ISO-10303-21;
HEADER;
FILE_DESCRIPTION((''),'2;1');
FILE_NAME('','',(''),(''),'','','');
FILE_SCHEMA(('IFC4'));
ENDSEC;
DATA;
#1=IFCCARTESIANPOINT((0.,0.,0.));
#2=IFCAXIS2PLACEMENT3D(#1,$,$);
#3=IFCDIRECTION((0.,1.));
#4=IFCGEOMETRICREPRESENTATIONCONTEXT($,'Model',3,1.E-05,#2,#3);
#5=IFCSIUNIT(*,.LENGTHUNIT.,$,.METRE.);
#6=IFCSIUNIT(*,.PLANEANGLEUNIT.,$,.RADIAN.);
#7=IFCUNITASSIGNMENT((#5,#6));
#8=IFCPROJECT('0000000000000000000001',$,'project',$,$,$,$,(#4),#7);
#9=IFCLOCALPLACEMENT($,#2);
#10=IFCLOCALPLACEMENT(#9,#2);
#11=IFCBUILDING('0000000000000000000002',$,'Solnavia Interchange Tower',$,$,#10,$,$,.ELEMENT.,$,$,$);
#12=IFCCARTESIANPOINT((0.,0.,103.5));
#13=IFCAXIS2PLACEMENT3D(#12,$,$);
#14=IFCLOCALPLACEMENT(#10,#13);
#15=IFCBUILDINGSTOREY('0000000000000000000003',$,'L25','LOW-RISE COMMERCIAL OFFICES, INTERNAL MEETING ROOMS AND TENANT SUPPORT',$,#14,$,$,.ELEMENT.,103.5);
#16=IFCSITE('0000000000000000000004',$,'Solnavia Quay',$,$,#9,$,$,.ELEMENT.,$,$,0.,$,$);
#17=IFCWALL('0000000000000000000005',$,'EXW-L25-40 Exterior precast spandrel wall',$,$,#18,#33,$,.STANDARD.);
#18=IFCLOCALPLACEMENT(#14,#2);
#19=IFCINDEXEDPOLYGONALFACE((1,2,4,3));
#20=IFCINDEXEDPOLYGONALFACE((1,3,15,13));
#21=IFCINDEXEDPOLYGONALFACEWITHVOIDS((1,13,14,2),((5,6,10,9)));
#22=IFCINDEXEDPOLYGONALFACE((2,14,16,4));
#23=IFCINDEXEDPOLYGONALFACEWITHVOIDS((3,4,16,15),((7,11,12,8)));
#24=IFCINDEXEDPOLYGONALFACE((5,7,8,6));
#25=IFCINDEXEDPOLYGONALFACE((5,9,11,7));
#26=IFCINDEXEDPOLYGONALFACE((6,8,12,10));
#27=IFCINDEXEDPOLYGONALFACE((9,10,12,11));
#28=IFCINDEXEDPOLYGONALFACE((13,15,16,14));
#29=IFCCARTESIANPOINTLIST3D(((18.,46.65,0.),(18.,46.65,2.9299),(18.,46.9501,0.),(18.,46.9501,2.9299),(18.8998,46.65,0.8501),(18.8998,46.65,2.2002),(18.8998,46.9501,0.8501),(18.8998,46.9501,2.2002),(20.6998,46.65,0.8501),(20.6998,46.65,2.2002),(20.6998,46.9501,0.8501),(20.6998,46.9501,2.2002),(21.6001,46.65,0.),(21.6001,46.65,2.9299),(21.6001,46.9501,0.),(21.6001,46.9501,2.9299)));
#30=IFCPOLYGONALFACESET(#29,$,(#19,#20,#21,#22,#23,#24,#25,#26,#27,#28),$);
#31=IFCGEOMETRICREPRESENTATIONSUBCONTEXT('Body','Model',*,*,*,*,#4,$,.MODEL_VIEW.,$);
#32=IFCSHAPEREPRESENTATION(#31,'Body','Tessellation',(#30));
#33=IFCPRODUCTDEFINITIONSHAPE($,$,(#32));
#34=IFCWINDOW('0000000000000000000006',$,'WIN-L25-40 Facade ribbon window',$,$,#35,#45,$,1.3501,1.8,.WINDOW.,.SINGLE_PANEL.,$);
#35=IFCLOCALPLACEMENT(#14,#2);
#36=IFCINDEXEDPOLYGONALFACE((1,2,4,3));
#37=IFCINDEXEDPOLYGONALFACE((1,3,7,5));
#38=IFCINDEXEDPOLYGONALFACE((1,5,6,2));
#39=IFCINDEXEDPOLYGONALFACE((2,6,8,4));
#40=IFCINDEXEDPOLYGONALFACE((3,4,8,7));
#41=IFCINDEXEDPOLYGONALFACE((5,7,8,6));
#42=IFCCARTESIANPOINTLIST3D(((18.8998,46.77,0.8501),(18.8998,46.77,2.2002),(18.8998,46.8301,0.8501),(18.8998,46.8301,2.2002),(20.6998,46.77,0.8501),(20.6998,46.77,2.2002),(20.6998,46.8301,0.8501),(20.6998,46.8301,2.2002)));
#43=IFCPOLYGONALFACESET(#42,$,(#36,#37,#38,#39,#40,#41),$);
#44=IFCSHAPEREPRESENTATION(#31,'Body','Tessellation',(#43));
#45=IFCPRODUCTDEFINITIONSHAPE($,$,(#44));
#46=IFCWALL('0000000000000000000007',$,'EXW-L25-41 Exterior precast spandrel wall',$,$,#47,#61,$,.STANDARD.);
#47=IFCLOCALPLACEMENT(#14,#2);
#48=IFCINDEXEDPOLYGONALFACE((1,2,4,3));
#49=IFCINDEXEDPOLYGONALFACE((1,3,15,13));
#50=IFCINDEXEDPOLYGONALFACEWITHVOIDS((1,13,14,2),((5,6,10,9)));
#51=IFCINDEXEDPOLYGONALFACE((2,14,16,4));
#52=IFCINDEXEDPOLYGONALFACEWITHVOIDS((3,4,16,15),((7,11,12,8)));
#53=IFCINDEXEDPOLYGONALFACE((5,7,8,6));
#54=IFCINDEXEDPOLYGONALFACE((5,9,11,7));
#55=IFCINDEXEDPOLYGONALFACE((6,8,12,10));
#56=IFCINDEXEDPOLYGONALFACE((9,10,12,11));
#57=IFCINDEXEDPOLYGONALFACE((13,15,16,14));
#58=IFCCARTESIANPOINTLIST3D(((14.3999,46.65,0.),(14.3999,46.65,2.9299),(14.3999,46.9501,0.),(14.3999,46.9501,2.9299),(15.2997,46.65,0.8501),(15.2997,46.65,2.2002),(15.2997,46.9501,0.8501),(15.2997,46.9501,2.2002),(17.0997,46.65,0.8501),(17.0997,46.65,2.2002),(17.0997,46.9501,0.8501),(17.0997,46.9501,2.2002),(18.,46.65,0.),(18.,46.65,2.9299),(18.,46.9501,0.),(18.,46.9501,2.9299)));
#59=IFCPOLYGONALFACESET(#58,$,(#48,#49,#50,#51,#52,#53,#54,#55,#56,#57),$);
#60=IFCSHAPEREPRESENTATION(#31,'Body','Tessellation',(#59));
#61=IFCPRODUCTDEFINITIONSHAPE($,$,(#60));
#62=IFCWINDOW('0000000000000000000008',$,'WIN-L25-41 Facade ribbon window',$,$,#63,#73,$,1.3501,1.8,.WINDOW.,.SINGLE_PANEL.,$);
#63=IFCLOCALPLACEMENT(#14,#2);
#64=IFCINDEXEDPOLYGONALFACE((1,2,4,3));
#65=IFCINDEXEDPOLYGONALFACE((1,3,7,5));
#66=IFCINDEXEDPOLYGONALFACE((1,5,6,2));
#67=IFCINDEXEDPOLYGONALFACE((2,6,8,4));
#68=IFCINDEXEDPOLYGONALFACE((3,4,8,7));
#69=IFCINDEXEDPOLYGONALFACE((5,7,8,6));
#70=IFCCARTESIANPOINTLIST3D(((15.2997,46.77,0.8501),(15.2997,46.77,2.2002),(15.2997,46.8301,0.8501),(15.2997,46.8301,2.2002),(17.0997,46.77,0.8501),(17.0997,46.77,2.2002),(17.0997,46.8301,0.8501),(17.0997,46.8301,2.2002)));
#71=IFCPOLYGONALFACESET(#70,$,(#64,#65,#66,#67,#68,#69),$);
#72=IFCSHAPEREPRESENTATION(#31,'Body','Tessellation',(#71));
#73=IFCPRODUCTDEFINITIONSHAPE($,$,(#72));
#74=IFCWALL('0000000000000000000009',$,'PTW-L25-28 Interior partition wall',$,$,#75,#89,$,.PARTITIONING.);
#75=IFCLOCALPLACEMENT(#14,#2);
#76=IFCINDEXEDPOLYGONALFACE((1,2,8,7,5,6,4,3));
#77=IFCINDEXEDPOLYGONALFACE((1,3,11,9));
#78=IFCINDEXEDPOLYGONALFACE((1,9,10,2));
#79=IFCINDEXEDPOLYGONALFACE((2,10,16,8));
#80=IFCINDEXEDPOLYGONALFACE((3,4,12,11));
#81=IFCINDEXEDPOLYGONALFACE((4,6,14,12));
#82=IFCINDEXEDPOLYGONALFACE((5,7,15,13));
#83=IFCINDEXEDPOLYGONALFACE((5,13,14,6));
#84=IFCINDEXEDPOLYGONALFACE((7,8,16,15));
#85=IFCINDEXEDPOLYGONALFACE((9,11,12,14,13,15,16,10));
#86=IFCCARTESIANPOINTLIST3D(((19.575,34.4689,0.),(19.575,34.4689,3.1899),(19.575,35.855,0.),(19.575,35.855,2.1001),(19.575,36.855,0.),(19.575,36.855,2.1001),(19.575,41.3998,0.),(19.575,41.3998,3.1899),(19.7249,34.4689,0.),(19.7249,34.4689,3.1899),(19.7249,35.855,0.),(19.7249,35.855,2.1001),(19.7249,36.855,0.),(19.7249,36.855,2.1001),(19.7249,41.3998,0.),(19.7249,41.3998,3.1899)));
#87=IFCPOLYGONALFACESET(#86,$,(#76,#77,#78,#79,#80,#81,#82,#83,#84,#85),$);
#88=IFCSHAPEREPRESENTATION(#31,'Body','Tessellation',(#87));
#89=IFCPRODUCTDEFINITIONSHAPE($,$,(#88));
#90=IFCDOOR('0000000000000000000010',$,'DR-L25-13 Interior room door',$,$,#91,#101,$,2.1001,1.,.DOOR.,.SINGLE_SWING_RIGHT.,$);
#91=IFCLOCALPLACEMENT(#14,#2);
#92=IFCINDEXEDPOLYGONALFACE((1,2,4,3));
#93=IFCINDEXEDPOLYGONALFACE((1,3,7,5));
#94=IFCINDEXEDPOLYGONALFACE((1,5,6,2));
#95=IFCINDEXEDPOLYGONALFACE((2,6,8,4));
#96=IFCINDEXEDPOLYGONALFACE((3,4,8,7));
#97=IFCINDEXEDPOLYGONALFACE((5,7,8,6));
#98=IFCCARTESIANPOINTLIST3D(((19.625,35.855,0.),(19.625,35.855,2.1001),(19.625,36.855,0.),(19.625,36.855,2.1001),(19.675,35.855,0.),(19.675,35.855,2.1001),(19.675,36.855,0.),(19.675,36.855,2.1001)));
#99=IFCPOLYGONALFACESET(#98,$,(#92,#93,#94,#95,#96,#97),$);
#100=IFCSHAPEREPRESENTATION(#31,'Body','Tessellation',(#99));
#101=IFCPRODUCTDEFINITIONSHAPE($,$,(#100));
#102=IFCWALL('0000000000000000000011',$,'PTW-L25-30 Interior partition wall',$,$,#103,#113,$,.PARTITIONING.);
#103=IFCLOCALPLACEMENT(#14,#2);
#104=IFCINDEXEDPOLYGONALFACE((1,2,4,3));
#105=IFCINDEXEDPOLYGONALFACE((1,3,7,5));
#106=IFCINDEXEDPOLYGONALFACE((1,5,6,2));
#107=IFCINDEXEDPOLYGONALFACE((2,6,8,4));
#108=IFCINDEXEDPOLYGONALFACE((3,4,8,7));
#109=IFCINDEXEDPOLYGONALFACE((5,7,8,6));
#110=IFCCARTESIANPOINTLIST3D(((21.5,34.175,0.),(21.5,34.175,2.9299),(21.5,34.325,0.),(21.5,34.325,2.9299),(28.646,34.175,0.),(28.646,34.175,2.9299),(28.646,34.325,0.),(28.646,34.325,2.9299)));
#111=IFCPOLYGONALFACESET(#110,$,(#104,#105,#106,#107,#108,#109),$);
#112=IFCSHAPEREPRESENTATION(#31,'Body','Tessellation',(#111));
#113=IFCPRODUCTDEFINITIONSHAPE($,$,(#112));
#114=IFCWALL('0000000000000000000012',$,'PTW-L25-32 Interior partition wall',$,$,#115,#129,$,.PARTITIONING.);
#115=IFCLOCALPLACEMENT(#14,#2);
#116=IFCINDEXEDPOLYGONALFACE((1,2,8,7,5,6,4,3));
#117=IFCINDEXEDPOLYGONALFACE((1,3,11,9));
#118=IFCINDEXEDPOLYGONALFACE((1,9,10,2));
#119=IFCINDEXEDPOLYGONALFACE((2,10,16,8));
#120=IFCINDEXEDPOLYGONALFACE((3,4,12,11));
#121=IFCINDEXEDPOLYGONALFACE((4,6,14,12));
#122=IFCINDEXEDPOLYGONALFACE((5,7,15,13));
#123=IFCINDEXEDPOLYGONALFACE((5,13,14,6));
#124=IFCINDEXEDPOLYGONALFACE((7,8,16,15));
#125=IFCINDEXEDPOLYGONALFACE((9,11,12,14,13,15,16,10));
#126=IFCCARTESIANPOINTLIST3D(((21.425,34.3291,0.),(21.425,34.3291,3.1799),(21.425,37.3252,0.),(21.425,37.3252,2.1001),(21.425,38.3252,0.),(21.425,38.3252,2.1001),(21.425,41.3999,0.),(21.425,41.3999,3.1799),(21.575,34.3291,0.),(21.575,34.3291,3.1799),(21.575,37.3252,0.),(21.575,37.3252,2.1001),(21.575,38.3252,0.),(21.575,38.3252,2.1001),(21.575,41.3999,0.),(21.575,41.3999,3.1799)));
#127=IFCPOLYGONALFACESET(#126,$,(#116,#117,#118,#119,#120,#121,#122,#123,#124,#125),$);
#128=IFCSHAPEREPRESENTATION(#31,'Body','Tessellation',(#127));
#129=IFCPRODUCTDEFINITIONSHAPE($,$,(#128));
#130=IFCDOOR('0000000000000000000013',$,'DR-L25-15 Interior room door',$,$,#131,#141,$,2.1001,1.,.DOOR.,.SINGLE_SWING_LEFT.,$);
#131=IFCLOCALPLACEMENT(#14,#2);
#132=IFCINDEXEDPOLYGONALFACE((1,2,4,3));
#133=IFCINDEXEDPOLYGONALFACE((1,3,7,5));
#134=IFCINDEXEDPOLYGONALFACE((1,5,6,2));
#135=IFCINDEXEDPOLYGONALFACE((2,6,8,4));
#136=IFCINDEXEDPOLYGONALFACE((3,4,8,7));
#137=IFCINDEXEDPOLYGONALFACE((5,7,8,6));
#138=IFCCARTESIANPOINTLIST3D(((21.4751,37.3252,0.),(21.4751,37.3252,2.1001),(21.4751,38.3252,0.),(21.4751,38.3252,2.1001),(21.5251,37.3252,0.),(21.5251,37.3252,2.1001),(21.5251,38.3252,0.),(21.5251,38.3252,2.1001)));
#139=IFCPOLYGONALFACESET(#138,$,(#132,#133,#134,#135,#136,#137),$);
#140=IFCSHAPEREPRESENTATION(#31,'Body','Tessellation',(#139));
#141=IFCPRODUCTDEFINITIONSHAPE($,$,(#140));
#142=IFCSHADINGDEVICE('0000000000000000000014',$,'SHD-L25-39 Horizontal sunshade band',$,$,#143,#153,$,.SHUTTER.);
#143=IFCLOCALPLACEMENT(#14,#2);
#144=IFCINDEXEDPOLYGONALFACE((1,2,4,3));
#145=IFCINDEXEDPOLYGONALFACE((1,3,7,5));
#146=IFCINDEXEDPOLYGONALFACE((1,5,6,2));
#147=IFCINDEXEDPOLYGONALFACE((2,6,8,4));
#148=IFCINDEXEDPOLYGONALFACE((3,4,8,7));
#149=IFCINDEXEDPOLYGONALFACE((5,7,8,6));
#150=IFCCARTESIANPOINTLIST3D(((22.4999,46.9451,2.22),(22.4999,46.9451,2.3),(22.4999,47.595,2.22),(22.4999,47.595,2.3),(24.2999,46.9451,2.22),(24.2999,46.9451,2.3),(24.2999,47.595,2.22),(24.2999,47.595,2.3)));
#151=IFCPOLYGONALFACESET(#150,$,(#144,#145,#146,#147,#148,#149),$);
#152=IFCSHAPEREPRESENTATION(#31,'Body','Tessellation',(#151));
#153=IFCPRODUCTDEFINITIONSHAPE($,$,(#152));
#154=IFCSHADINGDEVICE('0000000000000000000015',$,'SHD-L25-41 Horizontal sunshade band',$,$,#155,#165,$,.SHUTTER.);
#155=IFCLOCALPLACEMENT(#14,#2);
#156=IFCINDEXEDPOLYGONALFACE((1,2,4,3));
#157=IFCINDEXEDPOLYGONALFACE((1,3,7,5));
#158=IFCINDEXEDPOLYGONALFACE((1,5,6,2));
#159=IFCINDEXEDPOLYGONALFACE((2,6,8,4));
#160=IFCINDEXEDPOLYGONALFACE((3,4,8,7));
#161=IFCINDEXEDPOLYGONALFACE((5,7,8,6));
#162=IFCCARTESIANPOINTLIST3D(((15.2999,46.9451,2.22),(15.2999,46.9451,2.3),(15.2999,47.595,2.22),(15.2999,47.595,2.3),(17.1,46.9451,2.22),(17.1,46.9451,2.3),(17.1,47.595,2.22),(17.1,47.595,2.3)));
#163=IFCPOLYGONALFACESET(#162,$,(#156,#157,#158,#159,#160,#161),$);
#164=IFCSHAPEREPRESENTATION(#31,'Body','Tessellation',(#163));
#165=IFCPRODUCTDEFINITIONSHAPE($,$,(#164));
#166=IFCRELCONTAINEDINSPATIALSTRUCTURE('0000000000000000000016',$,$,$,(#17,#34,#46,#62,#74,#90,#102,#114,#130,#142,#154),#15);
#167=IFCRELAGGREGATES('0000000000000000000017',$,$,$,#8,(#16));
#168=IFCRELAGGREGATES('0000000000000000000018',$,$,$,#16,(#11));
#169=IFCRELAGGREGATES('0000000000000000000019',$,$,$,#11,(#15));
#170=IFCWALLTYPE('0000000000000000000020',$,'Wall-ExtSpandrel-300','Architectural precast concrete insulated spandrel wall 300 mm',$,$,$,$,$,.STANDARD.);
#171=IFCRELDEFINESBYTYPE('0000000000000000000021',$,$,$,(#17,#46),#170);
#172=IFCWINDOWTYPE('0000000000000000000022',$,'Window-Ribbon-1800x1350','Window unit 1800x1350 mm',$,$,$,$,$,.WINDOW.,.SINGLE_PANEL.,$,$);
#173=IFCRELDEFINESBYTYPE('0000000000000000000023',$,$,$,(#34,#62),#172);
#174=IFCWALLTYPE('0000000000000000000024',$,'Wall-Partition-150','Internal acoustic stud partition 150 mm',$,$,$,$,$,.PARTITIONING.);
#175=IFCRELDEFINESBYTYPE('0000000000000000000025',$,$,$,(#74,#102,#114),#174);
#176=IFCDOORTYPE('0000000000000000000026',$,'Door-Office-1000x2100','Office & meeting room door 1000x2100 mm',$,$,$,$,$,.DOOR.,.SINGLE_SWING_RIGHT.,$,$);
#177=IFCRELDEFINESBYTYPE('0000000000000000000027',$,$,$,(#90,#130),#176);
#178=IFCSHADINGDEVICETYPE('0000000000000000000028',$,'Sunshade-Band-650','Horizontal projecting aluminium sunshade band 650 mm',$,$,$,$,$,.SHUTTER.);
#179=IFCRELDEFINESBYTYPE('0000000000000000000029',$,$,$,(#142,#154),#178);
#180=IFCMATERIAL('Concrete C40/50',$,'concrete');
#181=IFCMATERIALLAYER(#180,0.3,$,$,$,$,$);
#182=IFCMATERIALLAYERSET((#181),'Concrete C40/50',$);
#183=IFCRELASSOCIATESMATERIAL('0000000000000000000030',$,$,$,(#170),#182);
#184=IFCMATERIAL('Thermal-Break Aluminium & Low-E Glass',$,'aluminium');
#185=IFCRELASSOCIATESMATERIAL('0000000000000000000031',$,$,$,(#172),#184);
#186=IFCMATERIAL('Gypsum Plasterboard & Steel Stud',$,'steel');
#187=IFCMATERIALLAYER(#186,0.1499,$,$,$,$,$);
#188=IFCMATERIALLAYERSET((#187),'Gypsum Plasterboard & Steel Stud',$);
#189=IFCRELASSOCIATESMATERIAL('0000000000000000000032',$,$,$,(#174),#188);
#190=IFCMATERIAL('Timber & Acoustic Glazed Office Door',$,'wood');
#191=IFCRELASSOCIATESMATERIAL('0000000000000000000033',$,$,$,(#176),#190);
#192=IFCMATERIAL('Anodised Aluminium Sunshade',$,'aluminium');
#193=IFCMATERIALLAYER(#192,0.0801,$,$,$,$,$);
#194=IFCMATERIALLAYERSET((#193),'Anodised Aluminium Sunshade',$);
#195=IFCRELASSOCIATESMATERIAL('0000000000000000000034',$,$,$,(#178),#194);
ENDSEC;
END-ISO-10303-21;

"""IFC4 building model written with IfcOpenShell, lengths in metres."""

from ifc_helpers import new_model, si_unit, direction, frame, frame_2d, origin, origin_2d, place, context, subcontext, project, spatial, rectangle, extrude, material, layer, layer_set, type_object, element, fill, save


model = new_model("IFC4")

# Units and contexts
model_context = context("Model", 3, precision=1e-05, world=origin(), true_north=direction((0.0, 1.0)))
body_context = subcontext(model_context, "Body", "Model", "MODEL_VIEW")
ifc_project = project(units=[si_unit("LENGTHUNIT", "METRE"), si_unit("PLANEANGLEUNIT", "RADIAN")], contexts=[model_context])

# Site, building, storey
site_placement = place(None, origin())
site = spatial("IfcSite", under=ifc_project, at=site_placement, Name="Solnavia Quay", CompositionType="ELEMENT", RefElevation=0.0)
building_placement = place(site_placement, origin())
building = spatial("IfcBuilding", under=site, at=building_placement, Name="Solnavia Interchange Tower", CompositionType="ELEMENT")
storey_placement = place(building_placement, frame((0.0, 0.0, 103.5)))
storey = spatial("IfcBuildingStorey", under=building, at=storey_placement, Name="L25", Description="LOW-RISE COMMERCIAL OFFICES, INTERNAL MEETING ROOMS AND TENANT SUPPORT", CompositionType="ELEMENT", Elevation=103.5)

# Walls, openings, windows
ifc_material_1 = material(Name="Concrete C40/50", Category="concrete")
ifc_layer_1 = layer(ifc_material_1, 0.3)
ifc_layer_set_1 = layer_set([ifc_layer_1], Name="Concrete C40/50")
wall_type_1 = type_object("IfcWallType", Name="Wall-ExtSpandrel-300", Description="Architectural precast concrete insulated spandrel wall 300 mm", PredefinedType="STANDARD", material=ifc_layer_set_1)
ifc_material_2 = material(Name="Thermal-Break Aluminium & Low-E Glass", Category="aluminium")
window_type = type_object("IfcWindowType", Name="Window-Ribbon-1800x1350", Description="Window unit 1800x1350 mm", PartitioningType="SINGLE_PANEL", PredefinedType="WINDOW", material=ifc_material_2)
wall_1_placement = place(storey_placement, frame((18.0, 46.8, 0.0), z_axis=(0.0, 0.0, 1.0), x_axis=(1.0, 0.0, 0.0)))
wall_1 = element("IfcWall", 1, at=wall_1_placement, inside=storey, type_object=wall_type_1, Name="EXW-L25-40 Exterior precast spandrel wall", PredefinedType="STANDARD", context=body_context, shape_type="SweptSolid", body=[
    extrude(rectangle(XDim=3.6001, YDim=0.3, at=frame_2d((1.8, 0.0))), origin(), (0.0, 0.0, 1.0), 2.9299),
])
opening_1_placement = place(wall_1_placement, frame((0.8999, 0.0, 0.8501)))
opening_1 = element("IfcOpeningElement", 2, at=opening_1_placement, cuts=wall_1, PredefinedType="OPENING", context=body_context, shape_type="SweptSolid", body=[
    extrude(rectangle(XDim=1.8, YDim=1.3501, at=frame_2d((0.8999, 0.675))), frame((0.0, 0.1602, 0.0), z_axis=(0.0, -1.0, 0.0), x_axis=(1.0, 0.0, 0.0)), (0.0, 0.0, 1.0), 0.3201),
])
window_1_placement = place(opening_1_placement, origin())
window_1 = element("IfcWindow", 3, at=window_1_placement, inside=storey, type_object=window_type, Name="WIN-L25-40 Facade ribbon window", OverallHeight=1.3501, OverallWidth=1.8, PartitioningType="SINGLE_PANEL", PredefinedType="WINDOW", context=body_context, shape_type="SweptSolid", body=[
    extrude(rectangle(XDim=1.8, YDim=1.3501, at=frame_2d((0.8999, 0.675))), frame((0.0, 0.03, 0.0), z_axis=(0.0, -1.0, 0.0), x_axis=(1.0, 0.0, 0.0)), (0.0, 0.0, 1.0), 0.0601),
])
fill(opening_1, window_1)
wall_2_placement = place(storey_placement, frame((14.3999, 46.8, 0.0), z_axis=(0.0, 0.0, 1.0), x_axis=(1.0, 0.0, 0.0)))
wall_2 = element("IfcWall", 4, at=wall_2_placement, inside=storey, type_object=wall_type_1, Name="EXW-L25-41 Exterior precast spandrel wall", PredefinedType="STANDARD", context=body_context, shape_type="SweptSolid", body=[
    extrude(rectangle(XDim=3.6001, YDim=0.3, at=frame_2d((1.8, 0.0))), origin(), (0.0, 0.0, 1.0), 2.9299),
])
opening_2_placement = place(wall_2_placement, frame((0.8999, 0.0, 0.8501)))
opening_2 = element("IfcOpeningElement", 5, at=opening_2_placement, cuts=wall_2, PredefinedType="OPENING", context=body_context, shape_type="SweptSolid", body=[
    extrude(rectangle(XDim=1.8, YDim=1.3501, at=frame_2d((0.8999, 0.675))), frame((0.0, 0.1602, 0.0), z_axis=(0.0, -1.0, 0.0), x_axis=(1.0, 0.0, 0.0)), (0.0, 0.0, 1.0), 0.3201),
])
window_2_placement = place(opening_2_placement, origin())
window_2 = element("IfcWindow", 6, at=window_2_placement, inside=storey, type_object=window_type, Name="WIN-L25-41 Facade ribbon window", OverallHeight=1.3501, OverallWidth=1.8, PartitioningType="SINGLE_PANEL", PredefinedType="WINDOW", context=body_context, shape_type="SweptSolid", body=[
    extrude(rectangle(XDim=1.8, YDim=1.3501, at=frame_2d((0.8999, 0.675))), frame((0.0, 0.03, 0.0), z_axis=(0.0, -1.0, 0.0), x_axis=(1.0, 0.0, 0.0)), (0.0, 0.0, 1.0), 0.0601),
])
fill(opening_2, window_2)

# Wall, opening, door
ifc_material_3 = material(Name="Gypsum Plasterboard & Steel Stud", Category="steel")
ifc_layer_2 = layer(ifc_material_3, 0.1499)
ifc_layer_set_2 = layer_set([ifc_layer_2], Name="Gypsum Plasterboard & Steel Stud")
wall_type_2 = type_object("IfcWallType", Name="Wall-Partition-150", Description="Internal acoustic stud partition 150 mm", PredefinedType="PARTITIONING", material=ifc_layer_set_2)
wall_3_placement = place(storey_placement, frame((19.6499, 34.469, 0.0), z_axis=(0.0, 0.0, 1.0), x_axis=(0.0, 1.0, 0.0)))
wall_3 = element("IfcWall", 7, at=wall_3_placement, inside=storey, type_object=wall_type_2, Name="PTW-L25-28 Interior partition wall", PredefinedType="PARTITIONING", context=body_context, shape_type="SweptSolid", body=[
    extrude(rectangle(XDim=6.9309, YDim=0.1499, at=frame_2d((3.4653, 0.0))), origin(), (0.0, 0.0, 1.0), 3.1899),
])
opening_3_placement = place(wall_3_placement, frame((1.386, 0.0, 0.0)))
opening_3 = element("IfcOpeningElement", 8, at=opening_3_placement, cuts=wall_3, PredefinedType="OPENING", context=body_context, shape_type="SweptSolid", body=[
    extrude(rectangle(XDim=1.0, YDim=2.1001, at=frame_2d((0.5, 1.05))), frame((0.0, 0.085, 0.0), z_axis=(0.0, -1.0, 0.0), x_axis=(1.0, 0.0, 0.0)), (0.0, 0.0, 1.0), 0.1699),
])
ifc_material_4 = material(Name="Timber & Acoustic Glazed Office Door", Category="wood")
door_type_1 = type_object("IfcDoorType", Name="Door-Office-1000x2100", Description="Office & meeting room door 1000x2100 mm", OperationType="SINGLE_SWING_RIGHT", PredefinedType="DOOR", material=ifc_material_4)
door_1_placement = place(opening_3_placement, origin())
door_1 = element("IfcDoor", 9, at=door_1_placement, inside=storey, type_object=door_type_1, Name="DR-L25-13 Interior room door", OperationType="SINGLE_SWING_RIGHT", OverallHeight=2.1001, OverallWidth=1.0, PredefinedType="DOOR", context=body_context, shape_type="SweptSolid", body=[
    extrude(rectangle(XDim=1.0, YDim=2.1001, at=frame_2d((0.5, 1.05))), frame((0.0, 0.0249, 0.0), z_axis=(0.0, -1.0, 0.0), x_axis=(1.0, 0.0, 0.0)), (0.0, 0.0, 1.0), 0.05),
])
fill(opening_3, door_1)

# Wall
wall_4_placement = place(storey_placement, frame((21.5, 34.25, 0.0), z_axis=(0.0, 0.0, 1.0), x_axis=(1.0, 0.0, 0.0)))
element("IfcWall", 10, at=wall_4_placement, inside=storey, type_object=wall_type_2, Name="PTW-L25-30 Interior partition wall", PredefinedType="PARTITIONING", context=body_context, shape_type="SweptSolid", body=[
    extrude(rectangle(XDim=7.146, YDim=0.1499, at=frame_2d((3.573, 0.0))), origin(), (0.0, 0.0, 1.0), 2.9299),
])

# Wall, opening, door
wall_5_placement = place(storey_placement, frame((21.5, 34.3291, 0.0), z_axis=(0.0, 0.0, 1.0), x_axis=(0.0, 1.0, 0.0)))
wall_5 = element("IfcWall", 11, at=wall_5_placement, inside=storey, type_object=wall_type_2, Name="PTW-L25-32 Interior partition wall", PredefinedType="PARTITIONING", context=body_context, shape_type="SweptSolid", body=[
    extrude(rectangle(XDim=7.0708, YDim=0.1499, at=frame_2d((3.5354, 0.0))), origin(), (0.0, 0.0, 1.0), 3.1799),
])
opening_4_placement = place(wall_5_placement, frame((2.9961, 0.0, 0.0)))
opening_4 = element("IfcOpeningElement", 12, at=opening_4_placement, cuts=wall_5, PredefinedType="OPENING", context=body_context, shape_type="SweptSolid", body=[
    extrude(rectangle(XDim=1.0, YDim=2.1001, at=frame_2d((0.5, 1.05))), frame((0.0, 0.085, 0.0), z_axis=(0.0, -1.0, 0.0), x_axis=(1.0, 0.0, 0.0)), (0.0, 0.0, 1.0), 0.1699),
])
door_2_placement = place(opening_4_placement, origin())
door_2 = element("IfcDoor", 13, at=door_2_placement, inside=storey, type_object=door_type_1, Name="DR-L25-15 Interior room door", OperationType="SINGLE_SWING_LEFT", OverallHeight=2.1001, OverallWidth=1.0, PredefinedType="DOOR", context=body_context, shape_type="SweptSolid", body=[
    extrude(rectangle(XDim=1.0, YDim=2.1001, at=frame_2d((0.5, 1.05))), frame((0.0, 0.0249, 0.0), z_axis=(0.0, -1.0, 0.0), x_axis=(1.0, 0.0, 0.0)), (0.0, 0.0, 1.0), 0.05),
])
fill(opening_4, door_2)

# Shading devices
ifc_material_5 = material(Name="Anodised Aluminium Sunshade", Category="aluminium")
ifc_layer_3 = layer(ifc_material_5, 0.0801)
ifc_layer_set_3 = layer_set([ifc_layer_3], Name="Anodised Aluminium Sunshade")
shading_device_type = type_object("IfcShadingDeviceType", Name="Sunshade-Band-650", Description="Horizontal projecting aluminium sunshade band 650 mm", PredefinedType="SHUTTER", material=ifc_layer_set_3)
for number, where, z_axis, x_axis, name in (
    (14, (23.3999, 47.27, 2.22), (0.0, 0.0, 1.0), (1.0, 0.0, 0.0), "SHD-L25-39 Horizontal sunshade band"),
    (15, (16.2, 47.27, 2.22), (0.0, 0.0, 1.0), (1.0, 0.0, 0.0), "SHD-L25-41 Horizontal sunshade band"),
):
    element("IfcShadingDevice", number, at=place(storey_placement, frame(where, z_axis=z_axis, x_axis=x_axis)), inside=storey, type_object=shading_device_type, Name=name, PredefinedType="SHUTTER", context=body_context, shape_type="SweptSolid", body=[
        extrude(rectangle(XDim=1.8, YDim=0.6499, at=origin_2d()), origin(), (0.0, 0.0, 1.0), 0.0801),
    ])

save(model, "model.ifc")
